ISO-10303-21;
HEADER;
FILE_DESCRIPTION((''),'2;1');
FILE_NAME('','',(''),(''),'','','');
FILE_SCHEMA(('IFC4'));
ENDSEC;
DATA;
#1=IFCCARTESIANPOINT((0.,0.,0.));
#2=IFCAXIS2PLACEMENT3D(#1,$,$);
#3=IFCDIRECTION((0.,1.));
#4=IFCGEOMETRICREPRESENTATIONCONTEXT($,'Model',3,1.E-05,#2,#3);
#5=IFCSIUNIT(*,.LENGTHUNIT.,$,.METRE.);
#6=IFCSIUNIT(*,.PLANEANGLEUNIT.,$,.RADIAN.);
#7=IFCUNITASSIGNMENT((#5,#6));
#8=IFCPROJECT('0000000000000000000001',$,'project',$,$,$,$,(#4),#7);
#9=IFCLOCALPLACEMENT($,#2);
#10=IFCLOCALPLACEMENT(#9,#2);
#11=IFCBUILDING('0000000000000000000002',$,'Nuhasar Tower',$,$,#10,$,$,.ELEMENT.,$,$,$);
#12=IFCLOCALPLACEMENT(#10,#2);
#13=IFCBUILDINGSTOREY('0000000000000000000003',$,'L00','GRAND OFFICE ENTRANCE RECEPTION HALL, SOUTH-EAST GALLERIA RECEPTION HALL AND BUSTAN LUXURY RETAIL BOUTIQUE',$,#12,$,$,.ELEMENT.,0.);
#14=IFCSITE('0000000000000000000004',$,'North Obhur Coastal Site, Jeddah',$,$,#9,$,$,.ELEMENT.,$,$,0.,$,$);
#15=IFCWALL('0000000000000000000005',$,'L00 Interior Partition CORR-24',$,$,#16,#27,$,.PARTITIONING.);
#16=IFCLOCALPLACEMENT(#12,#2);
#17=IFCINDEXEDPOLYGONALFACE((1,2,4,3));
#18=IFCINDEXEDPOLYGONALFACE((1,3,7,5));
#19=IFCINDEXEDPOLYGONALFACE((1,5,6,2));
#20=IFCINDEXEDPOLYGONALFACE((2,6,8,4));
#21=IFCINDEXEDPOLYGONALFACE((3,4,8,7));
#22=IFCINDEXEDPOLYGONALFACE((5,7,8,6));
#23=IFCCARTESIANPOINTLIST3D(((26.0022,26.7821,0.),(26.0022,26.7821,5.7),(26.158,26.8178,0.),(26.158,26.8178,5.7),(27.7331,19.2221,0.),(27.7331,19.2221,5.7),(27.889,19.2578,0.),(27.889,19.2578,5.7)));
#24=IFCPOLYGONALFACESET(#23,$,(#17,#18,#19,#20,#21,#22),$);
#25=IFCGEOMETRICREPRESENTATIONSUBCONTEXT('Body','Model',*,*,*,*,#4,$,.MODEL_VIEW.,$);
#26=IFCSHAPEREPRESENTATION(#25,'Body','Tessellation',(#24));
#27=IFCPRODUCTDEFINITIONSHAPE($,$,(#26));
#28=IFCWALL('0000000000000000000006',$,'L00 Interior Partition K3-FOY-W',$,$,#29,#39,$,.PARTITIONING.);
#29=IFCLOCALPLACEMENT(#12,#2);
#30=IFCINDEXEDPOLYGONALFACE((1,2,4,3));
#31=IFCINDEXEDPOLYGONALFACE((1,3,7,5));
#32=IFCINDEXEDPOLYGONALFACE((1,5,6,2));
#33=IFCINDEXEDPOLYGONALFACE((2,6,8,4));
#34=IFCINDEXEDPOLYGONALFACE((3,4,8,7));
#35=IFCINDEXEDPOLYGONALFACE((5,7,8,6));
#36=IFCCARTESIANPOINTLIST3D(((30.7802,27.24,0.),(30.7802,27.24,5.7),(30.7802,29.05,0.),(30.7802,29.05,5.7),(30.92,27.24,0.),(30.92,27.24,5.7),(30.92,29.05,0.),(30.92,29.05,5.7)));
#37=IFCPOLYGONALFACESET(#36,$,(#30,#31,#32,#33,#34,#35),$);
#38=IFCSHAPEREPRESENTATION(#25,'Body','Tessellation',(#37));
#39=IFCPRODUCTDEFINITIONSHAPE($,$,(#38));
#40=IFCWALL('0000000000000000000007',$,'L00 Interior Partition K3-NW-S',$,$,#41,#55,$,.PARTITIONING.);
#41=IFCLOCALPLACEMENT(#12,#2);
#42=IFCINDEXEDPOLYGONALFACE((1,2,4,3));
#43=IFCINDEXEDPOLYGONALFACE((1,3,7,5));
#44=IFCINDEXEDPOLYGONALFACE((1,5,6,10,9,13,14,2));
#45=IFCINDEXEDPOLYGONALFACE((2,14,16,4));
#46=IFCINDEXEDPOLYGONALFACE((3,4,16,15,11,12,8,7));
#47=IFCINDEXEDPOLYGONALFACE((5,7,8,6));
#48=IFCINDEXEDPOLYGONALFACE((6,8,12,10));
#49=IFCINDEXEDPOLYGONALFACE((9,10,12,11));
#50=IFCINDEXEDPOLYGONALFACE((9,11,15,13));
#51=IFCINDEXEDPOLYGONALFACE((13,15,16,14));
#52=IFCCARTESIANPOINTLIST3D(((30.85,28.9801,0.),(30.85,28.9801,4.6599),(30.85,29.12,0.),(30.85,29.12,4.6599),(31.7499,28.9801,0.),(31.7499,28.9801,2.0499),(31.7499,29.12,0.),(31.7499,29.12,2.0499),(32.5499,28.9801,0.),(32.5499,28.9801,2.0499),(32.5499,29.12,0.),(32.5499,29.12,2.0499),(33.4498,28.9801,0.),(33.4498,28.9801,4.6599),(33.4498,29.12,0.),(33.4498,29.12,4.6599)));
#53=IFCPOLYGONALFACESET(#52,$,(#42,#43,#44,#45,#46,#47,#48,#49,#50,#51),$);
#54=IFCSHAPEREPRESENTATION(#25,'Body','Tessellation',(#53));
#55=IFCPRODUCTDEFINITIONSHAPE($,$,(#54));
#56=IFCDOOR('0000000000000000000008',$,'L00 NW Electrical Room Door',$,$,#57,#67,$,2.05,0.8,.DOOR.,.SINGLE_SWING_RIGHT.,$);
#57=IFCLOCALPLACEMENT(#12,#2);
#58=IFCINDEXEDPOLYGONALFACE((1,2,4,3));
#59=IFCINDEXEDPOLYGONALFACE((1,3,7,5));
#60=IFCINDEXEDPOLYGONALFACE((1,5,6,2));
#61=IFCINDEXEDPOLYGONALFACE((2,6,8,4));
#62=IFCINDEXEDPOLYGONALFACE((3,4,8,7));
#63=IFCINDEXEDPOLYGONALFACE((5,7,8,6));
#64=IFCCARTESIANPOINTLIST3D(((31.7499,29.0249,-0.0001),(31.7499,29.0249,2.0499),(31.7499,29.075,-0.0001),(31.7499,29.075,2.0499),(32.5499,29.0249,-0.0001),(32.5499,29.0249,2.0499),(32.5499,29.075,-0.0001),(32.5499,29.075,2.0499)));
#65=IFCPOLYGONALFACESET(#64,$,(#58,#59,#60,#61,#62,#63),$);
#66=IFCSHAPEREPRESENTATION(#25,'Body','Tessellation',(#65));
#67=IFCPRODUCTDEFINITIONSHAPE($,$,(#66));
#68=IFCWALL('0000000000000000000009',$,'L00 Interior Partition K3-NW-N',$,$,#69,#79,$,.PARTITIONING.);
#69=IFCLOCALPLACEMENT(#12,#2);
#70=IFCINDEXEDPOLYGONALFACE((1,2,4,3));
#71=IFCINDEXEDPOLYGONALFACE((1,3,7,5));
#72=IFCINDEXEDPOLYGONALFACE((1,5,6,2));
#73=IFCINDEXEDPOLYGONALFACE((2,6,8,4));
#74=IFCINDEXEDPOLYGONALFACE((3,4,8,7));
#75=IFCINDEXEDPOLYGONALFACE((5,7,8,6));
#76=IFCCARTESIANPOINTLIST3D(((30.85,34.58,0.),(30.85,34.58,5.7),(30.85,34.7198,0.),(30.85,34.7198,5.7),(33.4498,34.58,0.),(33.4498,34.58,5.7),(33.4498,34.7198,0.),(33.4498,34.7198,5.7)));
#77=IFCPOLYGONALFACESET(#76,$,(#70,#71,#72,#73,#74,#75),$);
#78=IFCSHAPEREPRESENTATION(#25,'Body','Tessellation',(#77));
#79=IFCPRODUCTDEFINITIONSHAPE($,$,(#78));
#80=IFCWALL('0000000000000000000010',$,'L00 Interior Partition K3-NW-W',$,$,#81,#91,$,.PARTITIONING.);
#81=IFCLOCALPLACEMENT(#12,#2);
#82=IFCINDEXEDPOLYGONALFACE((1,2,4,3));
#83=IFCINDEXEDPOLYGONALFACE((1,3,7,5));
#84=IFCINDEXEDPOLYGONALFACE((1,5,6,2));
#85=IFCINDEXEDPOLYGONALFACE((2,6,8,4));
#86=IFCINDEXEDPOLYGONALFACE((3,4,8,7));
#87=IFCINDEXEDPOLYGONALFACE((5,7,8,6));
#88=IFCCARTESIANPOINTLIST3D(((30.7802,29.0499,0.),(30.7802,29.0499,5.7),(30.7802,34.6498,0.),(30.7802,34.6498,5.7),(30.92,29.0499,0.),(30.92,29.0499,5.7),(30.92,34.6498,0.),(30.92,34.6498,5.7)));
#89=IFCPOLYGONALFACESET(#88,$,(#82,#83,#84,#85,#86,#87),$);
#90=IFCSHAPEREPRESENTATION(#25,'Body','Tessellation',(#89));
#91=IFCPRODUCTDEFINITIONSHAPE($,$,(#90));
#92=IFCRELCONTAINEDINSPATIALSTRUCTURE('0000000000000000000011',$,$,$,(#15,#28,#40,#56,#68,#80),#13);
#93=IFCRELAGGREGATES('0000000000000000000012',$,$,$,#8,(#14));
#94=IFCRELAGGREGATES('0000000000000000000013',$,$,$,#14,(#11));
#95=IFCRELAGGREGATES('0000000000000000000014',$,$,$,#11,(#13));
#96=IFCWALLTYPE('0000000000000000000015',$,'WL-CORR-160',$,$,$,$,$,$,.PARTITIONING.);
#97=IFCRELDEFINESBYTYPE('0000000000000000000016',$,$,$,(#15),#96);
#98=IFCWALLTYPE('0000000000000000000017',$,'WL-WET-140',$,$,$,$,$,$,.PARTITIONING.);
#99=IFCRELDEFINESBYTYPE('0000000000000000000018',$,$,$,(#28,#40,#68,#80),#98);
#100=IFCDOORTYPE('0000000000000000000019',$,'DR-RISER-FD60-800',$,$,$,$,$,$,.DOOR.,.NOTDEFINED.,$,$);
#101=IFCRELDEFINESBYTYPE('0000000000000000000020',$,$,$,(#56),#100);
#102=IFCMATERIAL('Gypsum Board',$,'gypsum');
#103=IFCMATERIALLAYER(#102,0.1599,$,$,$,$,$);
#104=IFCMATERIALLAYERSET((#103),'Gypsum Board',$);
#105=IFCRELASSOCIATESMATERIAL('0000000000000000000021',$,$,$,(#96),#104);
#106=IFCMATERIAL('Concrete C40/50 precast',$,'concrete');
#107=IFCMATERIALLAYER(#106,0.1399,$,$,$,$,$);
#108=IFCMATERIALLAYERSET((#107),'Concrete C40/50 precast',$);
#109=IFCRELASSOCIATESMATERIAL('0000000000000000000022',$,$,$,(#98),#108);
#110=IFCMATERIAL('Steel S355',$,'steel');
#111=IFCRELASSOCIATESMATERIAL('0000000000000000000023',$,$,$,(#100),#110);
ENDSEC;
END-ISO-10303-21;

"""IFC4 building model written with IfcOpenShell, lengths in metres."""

from ifc_helpers import new_model, si_unit, direction, frame, frame_2d, origin, place, context, subcontext, project, spatial, rectangle, extrude, material, layer, layer_set, type_object, element, fill, save


model = new_model("IFC4")

# Units and contexts
model_context = context("Model", 3, precision=1e-05, world=origin(), true_north=direction((0.0, 1.0)))
body_context = subcontext(model_context, "Body", "Model", "MODEL_VIEW")
ifc_project = project(units=[si_unit("LENGTHUNIT", "METRE"), si_unit("PLANEANGLEUNIT", "RADIAN")], contexts=[model_context])

# Site, building, storey
site_placement = place(None, origin())
site = spatial("IfcSite", under=ifc_project, at=site_placement, Name="North Obhur Coastal Site, Jeddah", CompositionType="ELEMENT", RefElevation=0.0)
building_placement = place(site_placement, origin())
building = spatial("IfcBuilding", under=site, at=building_placement, Name="Nuhasar Tower", CompositionType="ELEMENT")
storey_placement = place(building_placement, origin())
storey = spatial("IfcBuildingStorey", under=building, at=storey_placement, Name="L00", Description="GRAND OFFICE ENTRANCE RECEPTION HALL, SOUTH-EAST GALLERIA RECEPTION HALL AND BUSTAN LUXURY RETAIL BOUTIQUE", CompositionType="ELEMENT", Elevation=0.0)

# Shared definitions
ifc_material_1 = material(Name="Steel S355", Category="steel")

# Shared definitions
ifc_material_2 = material(Name="Gypsum Board", Category="gypsum")
ifc_layer_1 = layer(ifc_material_2, 0.1599)
ifc_layer_set_1 = layer_set([ifc_layer_1], Name="Gypsum Board")
wall_type_1 = type_object("IfcWallType", Name="WL-CORR-160", PredefinedType="PARTITIONING", material=ifc_layer_set_1)

# Walls
for number, where, z_axis, x_axis, name in (
    (1, (26.0801, 26.8, 0.0), (0.0, 0.0, 1.0), (0.223185, -0.974776, 0.0), "L00 Interior Partition CORR-24"),
):
    element("IfcWall", number, at=place(storey_placement, frame(where, z_axis=z_axis, x_axis=x_axis)), inside=storey, type_object=wall_type_1, Name=name, PredefinedType="PARTITIONING", context=body_context, shape_type="SweptSolid", body=[
        extrude(rectangle(XDim=7.7556, YDim=0.1599, at=frame_2d((3.8779, 0.0))), origin(), (0.0, 0.0, 1.0), 5.7),
    ])
ifc_material_3 = material(Name="Concrete C40/50 precast", Category="concrete")
ifc_layer_2 = layer(ifc_material_3, 0.1399)
ifc_layer_set_2 = layer_set([ifc_layer_2], Name="Concrete C40/50 precast")
wall_type_2 = type_object("IfcWallType", Name="WL-WET-140", PredefinedType="PARTITIONING", material=ifc_layer_set_2)
wall_1_placement = place(storey_placement, frame((30.8501, 27.24, 0.0), z_axis=(0.0, 0.0, 1.0), x_axis=(0.0, 1.0, 0.0)))
element("IfcWall", 2, at=wall_1_placement, inside=storey, type_object=wall_type_2, Name="L00 Interior Partition K3-FOY-W", PredefinedType="PARTITIONING", context=body_context, shape_type="SweptSolid", body=[
    extrude(rectangle(XDim=1.8101, YDim=0.1399, at=frame_2d((0.905, 0.0))), origin(), (0.0, 0.0, 1.0), 5.7),
])

# Wall, opening, door
wall_2_placement = place(storey_placement, frame((30.8501, 29.05, 0.0), z_axis=(0.0, 0.0, 1.0), x_axis=(1.0, 0.0, 0.0)))
wall_2 = element("IfcWall", 3, at=wall_2_placement, inside=storey, type_object=wall_type_2, Name="L00 Interior Partition K3-NW-S", PredefinedType="PARTITIONING", context=body_context, shape_type="SweptSolid", body=[
    extrude(rectangle(XDim=2.5999, YDim=0.1399, at=frame_2d((1.2998, 0.0))), origin(), (0.0, 0.0, 1.0), 4.6599),
])
opening_1_placement = place(wall_2_placement, frame((0.8999, 0.0, 0.0)))
opening_1 = element("IfcOpeningElement", 4, at=opening_1_placement, cuts=wall_2, PredefinedType="OPENING", context=body_context, shape_type="SweptSolid", body=[
    extrude(rectangle(XDim=0.8, YDim=2.05, at=frame_2d((0.3999, 1.0249))), frame((0.0, 0.0801, 0.0), z_axis=(0.0, -1.0, 0.0), x_axis=(1.0, 0.0, 0.0)), (0.0, 0.0, 1.0), 0.1599),
])
door_type_1 = type_object("IfcDoorType", Name="DR-RISER-FD60-800", OperationType="NOTDEFINED", PredefinedType="DOOR", material=ifc_material_1)
door_1_placement = place(opening_1_placement, origin())
door_1 = element("IfcDoor", 5, at=door_1_placement, inside=storey, type_object=door_type_1, Name="L00 NW Electrical Room Door", OperationType="SINGLE_SWING_RIGHT", OverallHeight=2.05, OverallWidth=0.8, PredefinedType="DOOR", context=body_context, shape_type="SweptSolid", body=[
    extrude(rectangle(XDim=0.8, YDim=2.05, at=frame_2d((0.3999, 1.0249))), frame((0.0, 0.0249, 0.0), z_axis=(0.0, -1.0, 0.0), x_axis=(1.0, 0.0, 0.0)), (0.0, 0.0, 1.0), 0.05),
])
fill(opening_1, door_1)

# Walls
wall_3_placement = place(storey_placement, frame((30.8501, 34.6499, 0.0), z_axis=(0.0, 0.0, 1.0), x_axis=(1.0, 0.0, 0.0)))
element("IfcWall", 6, at=wall_3_placement, inside=storey, type_object=wall_type_2, Name="L00 Interior Partition K3-NW-N", PredefinedType="PARTITIONING", context=body_context, shape_type="SweptSolid", body=[
    extrude(rectangle(XDim=2.5999, YDim=0.1399, at=frame_2d((1.2998, 0.0))), origin(), (0.0, 0.0, 1.0), 5.7),
])
wall_4_placement = place(storey_placement, frame((30.8501, 29.05, 0.0), z_axis=(0.0, 0.0, 1.0), x_axis=(0.0, 1.0, 0.0)))
element("IfcWall", 7, at=wall_4_placement, inside=storey, type_object=wall_type_2, Name="L00 Interior Partition K3-NW-W", PredefinedType="PARTITIONING", context=body_context, shape_type="SweptSolid", body=[
    extrude(rectangle(XDim=5.5999, YDim=0.1399, at=frame_2d((2.7998, 0.0))), origin(), (0.0, 0.0, 1.0), 5.7),
])

save(model, "model.ifc")
